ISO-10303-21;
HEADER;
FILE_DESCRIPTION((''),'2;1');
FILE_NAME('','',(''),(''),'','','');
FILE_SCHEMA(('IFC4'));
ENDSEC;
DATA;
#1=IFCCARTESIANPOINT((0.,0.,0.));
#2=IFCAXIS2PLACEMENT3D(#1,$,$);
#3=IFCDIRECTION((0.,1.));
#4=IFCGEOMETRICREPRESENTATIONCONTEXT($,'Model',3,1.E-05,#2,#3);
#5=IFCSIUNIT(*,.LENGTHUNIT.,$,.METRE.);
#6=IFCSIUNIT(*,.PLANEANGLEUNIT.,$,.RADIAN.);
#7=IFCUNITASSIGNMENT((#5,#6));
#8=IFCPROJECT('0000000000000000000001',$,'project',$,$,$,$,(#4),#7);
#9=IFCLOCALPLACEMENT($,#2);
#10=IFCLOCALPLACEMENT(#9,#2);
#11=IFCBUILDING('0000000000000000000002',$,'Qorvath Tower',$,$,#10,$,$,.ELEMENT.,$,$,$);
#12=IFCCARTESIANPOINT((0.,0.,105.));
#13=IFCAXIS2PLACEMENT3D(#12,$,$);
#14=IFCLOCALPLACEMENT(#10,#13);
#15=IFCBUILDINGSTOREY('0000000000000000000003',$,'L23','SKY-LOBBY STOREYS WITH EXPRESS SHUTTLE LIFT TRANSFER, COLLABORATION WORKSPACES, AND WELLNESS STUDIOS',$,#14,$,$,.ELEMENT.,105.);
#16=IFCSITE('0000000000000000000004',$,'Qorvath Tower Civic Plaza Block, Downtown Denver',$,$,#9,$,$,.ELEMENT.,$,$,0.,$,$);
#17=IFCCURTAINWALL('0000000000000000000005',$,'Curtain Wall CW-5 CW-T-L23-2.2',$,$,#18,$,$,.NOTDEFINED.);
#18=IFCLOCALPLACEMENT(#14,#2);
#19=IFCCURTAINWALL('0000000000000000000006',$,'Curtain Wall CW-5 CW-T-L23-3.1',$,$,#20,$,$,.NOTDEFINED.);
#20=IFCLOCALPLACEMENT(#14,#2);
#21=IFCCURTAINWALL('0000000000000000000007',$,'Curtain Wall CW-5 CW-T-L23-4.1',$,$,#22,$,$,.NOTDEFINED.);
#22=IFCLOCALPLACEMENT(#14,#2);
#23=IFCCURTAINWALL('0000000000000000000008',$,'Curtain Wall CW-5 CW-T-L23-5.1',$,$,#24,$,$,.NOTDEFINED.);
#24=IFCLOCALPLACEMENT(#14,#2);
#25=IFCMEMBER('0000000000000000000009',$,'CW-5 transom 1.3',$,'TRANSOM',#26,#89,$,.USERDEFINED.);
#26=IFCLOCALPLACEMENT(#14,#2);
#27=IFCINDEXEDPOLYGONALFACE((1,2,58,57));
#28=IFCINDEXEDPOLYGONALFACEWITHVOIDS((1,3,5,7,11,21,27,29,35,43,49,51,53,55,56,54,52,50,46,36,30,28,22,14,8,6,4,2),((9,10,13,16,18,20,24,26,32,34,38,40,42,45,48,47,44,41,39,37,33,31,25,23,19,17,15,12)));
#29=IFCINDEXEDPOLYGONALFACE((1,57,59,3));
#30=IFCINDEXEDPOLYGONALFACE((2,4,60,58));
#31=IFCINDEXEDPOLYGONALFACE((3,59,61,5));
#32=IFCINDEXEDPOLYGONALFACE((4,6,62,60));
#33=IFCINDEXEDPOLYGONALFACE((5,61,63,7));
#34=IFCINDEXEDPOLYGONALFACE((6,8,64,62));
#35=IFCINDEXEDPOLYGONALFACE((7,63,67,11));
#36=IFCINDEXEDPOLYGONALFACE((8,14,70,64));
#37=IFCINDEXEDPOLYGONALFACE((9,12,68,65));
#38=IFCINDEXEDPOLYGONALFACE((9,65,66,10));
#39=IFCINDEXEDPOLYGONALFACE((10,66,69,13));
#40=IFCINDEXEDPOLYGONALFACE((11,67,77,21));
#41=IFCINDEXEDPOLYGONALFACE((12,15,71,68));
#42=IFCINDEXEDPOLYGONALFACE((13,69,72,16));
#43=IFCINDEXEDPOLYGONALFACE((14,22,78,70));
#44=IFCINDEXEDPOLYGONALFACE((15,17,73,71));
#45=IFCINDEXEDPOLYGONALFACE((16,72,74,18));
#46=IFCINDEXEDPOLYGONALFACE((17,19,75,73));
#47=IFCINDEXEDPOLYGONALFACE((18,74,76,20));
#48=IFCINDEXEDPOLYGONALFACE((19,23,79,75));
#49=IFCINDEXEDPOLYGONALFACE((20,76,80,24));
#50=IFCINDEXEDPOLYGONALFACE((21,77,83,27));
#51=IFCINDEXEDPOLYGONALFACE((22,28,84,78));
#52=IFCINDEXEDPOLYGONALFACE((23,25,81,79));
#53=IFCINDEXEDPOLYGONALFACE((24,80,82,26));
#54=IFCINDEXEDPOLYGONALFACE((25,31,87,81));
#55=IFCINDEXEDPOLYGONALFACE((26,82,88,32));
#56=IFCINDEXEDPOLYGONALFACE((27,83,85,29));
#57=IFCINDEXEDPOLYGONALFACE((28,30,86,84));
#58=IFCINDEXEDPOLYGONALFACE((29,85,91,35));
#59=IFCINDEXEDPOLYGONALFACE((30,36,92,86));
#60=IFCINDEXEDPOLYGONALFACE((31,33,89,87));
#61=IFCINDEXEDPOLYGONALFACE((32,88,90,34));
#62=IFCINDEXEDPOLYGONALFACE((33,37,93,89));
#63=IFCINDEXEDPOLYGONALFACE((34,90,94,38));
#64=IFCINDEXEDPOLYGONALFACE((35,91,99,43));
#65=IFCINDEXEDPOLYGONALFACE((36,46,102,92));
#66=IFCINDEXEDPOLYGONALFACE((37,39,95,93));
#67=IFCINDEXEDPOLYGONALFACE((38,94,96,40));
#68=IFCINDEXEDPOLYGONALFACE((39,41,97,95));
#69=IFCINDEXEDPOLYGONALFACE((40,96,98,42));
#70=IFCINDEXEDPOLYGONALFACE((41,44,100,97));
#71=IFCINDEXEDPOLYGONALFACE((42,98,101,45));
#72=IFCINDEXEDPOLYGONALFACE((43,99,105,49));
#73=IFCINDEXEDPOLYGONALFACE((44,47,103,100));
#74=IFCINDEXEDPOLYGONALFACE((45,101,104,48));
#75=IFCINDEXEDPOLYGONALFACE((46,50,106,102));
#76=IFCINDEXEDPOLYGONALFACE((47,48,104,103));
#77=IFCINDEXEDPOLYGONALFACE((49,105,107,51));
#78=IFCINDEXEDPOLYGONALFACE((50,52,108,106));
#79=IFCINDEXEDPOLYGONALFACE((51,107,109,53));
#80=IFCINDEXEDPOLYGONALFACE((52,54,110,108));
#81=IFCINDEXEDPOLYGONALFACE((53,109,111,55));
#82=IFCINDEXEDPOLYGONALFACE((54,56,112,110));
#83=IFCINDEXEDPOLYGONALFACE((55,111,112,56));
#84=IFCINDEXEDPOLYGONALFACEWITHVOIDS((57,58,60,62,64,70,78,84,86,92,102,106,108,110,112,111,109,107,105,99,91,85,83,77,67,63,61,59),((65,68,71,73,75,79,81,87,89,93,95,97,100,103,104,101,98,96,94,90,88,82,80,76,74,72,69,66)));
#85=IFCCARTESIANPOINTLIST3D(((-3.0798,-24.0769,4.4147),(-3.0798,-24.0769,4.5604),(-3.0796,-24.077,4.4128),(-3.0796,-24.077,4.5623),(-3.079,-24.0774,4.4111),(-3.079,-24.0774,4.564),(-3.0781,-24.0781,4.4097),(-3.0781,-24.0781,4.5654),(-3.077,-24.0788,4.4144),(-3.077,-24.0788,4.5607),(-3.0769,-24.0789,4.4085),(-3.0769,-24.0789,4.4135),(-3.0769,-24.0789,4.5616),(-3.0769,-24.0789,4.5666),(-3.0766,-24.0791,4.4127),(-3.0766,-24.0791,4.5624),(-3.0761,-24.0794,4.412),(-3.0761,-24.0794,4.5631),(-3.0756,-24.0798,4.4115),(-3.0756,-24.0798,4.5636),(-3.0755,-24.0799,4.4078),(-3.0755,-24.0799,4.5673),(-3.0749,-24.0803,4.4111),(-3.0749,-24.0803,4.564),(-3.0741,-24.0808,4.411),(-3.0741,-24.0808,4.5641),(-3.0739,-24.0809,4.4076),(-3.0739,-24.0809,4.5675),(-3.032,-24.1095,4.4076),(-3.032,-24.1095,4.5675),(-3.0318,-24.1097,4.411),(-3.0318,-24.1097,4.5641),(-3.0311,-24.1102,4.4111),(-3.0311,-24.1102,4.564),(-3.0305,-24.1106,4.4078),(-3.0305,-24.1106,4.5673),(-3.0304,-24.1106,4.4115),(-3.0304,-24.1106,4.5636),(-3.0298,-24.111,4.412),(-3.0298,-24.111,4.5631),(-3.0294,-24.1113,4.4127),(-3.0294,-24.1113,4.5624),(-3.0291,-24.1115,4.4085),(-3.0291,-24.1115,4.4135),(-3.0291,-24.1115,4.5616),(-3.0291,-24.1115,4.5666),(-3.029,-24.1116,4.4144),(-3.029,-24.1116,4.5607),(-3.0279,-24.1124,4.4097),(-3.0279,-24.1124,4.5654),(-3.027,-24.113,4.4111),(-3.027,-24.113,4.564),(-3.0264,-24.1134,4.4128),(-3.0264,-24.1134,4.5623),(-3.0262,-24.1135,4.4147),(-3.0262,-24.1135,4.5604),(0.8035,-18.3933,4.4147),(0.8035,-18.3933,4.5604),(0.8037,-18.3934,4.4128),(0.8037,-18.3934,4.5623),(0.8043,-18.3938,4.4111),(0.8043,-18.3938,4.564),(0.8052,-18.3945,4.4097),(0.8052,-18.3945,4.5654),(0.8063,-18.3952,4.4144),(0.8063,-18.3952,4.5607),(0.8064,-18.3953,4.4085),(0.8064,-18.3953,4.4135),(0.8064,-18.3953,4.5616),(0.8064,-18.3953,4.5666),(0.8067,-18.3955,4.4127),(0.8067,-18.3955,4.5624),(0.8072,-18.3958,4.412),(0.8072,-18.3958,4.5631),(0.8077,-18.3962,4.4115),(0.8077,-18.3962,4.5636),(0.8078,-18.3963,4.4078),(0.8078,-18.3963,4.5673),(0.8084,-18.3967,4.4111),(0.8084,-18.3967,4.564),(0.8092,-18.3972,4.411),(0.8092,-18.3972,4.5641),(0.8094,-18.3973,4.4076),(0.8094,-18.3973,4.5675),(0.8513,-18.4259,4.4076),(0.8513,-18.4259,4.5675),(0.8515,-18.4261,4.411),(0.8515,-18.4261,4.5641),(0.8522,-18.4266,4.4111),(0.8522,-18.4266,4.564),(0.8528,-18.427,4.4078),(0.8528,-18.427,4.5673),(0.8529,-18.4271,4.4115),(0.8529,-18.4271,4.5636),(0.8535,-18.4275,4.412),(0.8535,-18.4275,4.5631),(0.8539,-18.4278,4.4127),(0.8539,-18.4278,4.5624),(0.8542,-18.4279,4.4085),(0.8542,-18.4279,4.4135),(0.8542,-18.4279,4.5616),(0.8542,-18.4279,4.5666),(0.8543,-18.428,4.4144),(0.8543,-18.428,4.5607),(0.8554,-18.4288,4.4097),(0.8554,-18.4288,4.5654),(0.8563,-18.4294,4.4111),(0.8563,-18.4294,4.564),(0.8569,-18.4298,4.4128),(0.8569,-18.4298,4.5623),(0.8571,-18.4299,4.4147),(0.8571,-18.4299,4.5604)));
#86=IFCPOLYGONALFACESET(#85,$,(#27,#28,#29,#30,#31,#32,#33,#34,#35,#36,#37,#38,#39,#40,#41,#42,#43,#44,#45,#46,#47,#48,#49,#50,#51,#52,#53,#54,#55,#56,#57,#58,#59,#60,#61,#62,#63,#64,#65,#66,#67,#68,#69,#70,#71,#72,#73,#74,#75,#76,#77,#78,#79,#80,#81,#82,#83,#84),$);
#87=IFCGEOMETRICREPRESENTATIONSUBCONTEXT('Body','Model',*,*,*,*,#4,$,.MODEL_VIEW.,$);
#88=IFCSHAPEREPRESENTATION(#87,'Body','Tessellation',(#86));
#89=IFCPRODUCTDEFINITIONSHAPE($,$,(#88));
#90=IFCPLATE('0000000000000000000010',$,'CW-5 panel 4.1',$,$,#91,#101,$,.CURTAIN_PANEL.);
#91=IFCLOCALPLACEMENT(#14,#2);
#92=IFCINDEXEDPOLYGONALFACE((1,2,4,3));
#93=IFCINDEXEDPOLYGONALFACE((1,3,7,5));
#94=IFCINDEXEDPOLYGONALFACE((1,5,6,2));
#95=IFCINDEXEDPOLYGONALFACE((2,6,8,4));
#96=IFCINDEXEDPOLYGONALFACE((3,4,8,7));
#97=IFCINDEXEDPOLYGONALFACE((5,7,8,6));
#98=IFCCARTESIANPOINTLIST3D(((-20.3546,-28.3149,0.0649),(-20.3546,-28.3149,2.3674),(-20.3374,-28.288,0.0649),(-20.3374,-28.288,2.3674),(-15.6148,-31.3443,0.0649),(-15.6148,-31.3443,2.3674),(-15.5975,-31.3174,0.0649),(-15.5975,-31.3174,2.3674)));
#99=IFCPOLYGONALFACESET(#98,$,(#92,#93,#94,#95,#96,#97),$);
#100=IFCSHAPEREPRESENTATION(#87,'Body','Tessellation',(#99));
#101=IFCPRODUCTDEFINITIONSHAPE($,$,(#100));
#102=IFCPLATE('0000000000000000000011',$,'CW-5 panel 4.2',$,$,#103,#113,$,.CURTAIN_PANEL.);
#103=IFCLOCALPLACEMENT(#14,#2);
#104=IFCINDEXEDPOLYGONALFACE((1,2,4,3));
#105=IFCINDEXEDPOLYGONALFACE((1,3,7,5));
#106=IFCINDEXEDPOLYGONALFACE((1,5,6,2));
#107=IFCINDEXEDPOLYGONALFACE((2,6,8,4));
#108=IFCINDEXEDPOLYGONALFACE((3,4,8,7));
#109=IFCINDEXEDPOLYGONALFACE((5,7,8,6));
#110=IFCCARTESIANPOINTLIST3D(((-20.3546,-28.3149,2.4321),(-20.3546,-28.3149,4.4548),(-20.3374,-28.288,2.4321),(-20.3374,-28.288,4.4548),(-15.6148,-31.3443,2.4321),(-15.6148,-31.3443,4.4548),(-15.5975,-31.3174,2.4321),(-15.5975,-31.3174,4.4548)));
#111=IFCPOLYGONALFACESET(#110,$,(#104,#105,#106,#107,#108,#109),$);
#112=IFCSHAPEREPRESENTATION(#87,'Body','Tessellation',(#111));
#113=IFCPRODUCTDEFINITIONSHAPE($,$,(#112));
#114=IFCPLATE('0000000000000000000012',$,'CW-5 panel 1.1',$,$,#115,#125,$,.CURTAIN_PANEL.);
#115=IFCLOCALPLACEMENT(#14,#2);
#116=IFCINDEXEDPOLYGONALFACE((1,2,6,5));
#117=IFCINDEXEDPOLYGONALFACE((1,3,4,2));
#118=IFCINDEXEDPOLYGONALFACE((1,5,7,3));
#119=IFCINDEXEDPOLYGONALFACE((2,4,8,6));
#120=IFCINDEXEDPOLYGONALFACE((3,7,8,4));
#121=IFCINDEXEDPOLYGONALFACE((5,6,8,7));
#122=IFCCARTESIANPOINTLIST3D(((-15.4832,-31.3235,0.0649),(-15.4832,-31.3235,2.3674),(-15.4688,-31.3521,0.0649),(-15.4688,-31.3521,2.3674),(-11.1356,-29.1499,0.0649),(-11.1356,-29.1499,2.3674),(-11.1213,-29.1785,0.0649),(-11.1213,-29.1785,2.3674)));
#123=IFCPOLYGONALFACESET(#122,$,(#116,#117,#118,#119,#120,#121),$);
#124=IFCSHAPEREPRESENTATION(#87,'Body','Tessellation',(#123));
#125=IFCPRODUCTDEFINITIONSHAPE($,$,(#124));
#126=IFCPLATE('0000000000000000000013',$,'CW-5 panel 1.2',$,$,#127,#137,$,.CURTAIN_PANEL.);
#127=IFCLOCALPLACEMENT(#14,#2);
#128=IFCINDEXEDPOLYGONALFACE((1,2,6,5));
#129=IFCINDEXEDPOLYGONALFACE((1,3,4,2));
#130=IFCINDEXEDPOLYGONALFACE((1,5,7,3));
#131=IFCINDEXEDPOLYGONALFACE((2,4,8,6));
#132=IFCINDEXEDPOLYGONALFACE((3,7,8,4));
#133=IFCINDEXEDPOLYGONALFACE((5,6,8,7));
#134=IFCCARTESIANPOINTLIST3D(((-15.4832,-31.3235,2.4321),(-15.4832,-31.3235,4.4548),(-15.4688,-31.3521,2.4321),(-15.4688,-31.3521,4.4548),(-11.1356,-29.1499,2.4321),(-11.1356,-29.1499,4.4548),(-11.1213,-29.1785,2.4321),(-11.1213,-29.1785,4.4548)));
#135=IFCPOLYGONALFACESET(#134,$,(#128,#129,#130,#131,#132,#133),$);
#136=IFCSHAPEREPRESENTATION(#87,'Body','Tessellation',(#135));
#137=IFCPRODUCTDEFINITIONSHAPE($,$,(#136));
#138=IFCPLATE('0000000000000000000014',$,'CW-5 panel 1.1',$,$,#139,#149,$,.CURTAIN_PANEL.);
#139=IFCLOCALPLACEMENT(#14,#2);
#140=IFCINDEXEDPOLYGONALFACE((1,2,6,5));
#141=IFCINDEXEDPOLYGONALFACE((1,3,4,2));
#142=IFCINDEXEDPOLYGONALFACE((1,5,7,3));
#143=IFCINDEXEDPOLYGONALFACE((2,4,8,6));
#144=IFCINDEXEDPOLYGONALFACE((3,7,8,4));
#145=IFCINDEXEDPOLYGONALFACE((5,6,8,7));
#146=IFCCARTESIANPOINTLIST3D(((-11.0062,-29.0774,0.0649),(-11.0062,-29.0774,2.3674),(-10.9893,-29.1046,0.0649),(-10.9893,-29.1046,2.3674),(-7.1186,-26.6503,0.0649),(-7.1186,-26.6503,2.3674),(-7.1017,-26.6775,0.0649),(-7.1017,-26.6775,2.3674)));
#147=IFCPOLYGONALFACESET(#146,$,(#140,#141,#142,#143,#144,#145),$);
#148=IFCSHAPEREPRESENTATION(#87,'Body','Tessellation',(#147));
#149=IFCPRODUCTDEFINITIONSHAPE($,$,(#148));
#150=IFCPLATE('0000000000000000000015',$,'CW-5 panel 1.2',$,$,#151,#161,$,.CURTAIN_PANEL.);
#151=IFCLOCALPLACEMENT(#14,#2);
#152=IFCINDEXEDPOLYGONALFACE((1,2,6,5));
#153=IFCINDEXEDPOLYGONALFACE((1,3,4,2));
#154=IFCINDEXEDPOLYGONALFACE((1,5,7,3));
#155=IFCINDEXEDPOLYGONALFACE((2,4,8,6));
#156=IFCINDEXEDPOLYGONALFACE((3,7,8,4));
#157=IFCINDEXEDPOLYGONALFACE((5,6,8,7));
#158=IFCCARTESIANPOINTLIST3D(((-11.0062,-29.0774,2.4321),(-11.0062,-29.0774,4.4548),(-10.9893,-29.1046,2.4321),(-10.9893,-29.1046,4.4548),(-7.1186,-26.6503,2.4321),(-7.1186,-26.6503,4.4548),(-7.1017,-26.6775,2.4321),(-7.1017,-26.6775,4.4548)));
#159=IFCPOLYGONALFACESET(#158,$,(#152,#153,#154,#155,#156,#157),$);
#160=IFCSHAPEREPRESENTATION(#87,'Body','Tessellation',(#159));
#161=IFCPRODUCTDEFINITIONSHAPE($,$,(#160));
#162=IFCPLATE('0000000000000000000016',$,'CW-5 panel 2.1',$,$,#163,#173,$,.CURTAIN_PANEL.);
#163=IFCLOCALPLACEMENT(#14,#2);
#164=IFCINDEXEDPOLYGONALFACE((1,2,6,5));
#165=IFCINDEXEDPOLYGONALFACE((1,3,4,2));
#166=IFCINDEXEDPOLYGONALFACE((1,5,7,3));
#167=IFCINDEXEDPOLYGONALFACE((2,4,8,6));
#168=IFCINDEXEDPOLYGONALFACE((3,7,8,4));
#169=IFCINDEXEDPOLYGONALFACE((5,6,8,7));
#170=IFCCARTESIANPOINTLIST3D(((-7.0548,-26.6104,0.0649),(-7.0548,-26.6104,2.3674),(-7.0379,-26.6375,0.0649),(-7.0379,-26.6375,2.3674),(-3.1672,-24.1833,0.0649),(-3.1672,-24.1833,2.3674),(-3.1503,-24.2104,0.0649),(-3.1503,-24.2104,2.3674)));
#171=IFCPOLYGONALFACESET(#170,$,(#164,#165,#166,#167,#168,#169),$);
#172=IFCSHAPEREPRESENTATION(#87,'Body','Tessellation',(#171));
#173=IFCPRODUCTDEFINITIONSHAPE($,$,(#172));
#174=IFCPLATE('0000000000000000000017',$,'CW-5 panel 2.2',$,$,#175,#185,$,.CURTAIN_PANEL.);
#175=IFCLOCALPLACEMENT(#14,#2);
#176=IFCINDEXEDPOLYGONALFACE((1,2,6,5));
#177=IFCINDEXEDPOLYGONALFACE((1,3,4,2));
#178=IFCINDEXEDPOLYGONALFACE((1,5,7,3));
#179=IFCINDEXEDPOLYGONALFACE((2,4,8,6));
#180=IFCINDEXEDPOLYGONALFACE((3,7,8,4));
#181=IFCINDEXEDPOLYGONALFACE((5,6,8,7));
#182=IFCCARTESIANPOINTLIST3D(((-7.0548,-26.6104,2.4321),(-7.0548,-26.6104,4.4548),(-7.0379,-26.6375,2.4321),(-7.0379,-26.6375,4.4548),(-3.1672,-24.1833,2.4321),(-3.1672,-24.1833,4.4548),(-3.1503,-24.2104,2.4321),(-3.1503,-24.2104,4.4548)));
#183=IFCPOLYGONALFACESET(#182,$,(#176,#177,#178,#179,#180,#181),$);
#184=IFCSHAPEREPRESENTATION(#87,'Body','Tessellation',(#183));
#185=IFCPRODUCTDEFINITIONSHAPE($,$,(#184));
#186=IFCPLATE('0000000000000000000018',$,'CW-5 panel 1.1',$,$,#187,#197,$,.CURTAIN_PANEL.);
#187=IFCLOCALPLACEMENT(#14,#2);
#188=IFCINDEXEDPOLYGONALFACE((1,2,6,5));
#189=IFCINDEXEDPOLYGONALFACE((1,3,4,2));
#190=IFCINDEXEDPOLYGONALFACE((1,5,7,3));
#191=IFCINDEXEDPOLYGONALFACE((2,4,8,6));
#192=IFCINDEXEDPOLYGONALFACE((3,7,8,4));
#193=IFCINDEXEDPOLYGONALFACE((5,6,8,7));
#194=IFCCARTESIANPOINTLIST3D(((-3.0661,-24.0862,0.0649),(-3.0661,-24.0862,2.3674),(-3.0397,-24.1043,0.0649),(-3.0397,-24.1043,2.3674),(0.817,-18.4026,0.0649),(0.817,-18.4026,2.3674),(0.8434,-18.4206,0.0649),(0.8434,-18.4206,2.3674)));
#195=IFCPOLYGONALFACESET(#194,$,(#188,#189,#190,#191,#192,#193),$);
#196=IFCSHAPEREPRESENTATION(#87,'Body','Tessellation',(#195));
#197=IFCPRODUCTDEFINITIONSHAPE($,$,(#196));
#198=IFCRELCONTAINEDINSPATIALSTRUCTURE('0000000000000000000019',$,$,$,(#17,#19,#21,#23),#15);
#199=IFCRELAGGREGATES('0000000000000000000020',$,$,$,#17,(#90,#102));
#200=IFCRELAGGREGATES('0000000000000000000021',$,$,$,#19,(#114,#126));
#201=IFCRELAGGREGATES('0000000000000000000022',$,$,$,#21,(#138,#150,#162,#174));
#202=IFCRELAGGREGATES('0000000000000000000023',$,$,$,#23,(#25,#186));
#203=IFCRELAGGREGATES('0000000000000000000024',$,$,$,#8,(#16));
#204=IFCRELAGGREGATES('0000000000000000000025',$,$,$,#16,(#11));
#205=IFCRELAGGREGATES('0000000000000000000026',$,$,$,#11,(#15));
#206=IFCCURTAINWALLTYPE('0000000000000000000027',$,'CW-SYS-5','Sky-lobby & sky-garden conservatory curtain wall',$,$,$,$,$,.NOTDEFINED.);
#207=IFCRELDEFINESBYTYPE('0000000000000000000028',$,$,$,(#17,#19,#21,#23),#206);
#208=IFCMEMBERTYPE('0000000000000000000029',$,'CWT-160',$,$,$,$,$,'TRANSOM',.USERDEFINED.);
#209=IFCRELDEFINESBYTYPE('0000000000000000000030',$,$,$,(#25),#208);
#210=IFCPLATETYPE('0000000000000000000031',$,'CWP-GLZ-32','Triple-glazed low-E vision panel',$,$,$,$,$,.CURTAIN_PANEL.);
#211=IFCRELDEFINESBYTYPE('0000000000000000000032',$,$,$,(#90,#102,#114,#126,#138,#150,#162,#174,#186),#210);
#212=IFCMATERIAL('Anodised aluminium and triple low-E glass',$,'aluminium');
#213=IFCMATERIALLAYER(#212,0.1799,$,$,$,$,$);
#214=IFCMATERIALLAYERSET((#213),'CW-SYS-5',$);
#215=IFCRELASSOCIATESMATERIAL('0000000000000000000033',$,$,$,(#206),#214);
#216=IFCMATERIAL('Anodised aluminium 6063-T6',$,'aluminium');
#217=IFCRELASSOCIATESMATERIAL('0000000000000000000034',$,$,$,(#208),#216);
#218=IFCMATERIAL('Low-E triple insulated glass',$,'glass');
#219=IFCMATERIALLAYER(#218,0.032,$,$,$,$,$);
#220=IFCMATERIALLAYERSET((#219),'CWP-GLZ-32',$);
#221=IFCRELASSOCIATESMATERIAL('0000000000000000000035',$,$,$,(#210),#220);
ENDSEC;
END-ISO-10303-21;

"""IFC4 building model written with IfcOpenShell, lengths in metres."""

from ifc_helpers import new_model, si_unit, direction, frame, origin, origin_2d, place, context, subcontext, project, spatial, rectangle, hollow_rectangle, extrude, material, layer, layer_set, material_profile, profile_set, type_object, element, aggregate, save


model = new_model("IFC4")

# Units and contexts
model_context = context("Model", 3, precision=1e-05, world=origin(), true_north=direction((0.0, 1.0)))
body_context = subcontext(model_context, "Body", "Model", "MODEL_VIEW")
ifc_project = project(units=[si_unit("LENGTHUNIT", "METRE"), si_unit("PLANEANGLEUNIT", "RADIAN")], contexts=[model_context])

# Site, building, storey
site_placement = place(None, origin())
site = spatial("IfcSite", under=ifc_project, at=site_placement, Name="Qorvath Tower Civic Plaza Block, Downtown Denver", CompositionType="ELEMENT", RefElevation=0.0)
building_placement = place(site_placement, origin())
building = spatial("IfcBuilding", under=site, at=building_placement, Name="Qorvath Tower", CompositionType="ELEMENT")
storey_placement = place(building_placement, frame((0.0, 0.0, 105.0)))
storey = spatial("IfcBuildingStorey", under=building, at=storey_placement, Name="L23", Description="SKY-LOBBY STOREYS WITH EXPRESS SHUTTLE LIFT TRANSFER, COLLABORATION WORKSPACES, AND WELLNESS STUDIOS", CompositionType="ELEMENT", Elevation=105.0)

# Curtain wall
ifc_material_1 = material(Name="Anodised aluminium and triple low-E glass", Category="aluminium")
ifc_layer_1 = layer(ifc_material_1, 0.1799)
ifc_layer_set_1 = layer_set([ifc_layer_1], Name="CW-SYS-5")
curtain_wall_type = type_object("IfcCurtainWallType", Name="CW-SYS-5", Description="Sky-lobby & sky-garden conservatory curtain wall", PredefinedType="NOTDEFINED", material=ifc_layer_set_1)
curtain_wall_1_placement = place(storey_placement, origin())
curtain_wall_1 = element("IfcCurtainWall", 1, at=curtain_wall_1_placement, inside=storey, type_object=curtain_wall_type, Name="Curtain Wall CW-5 CW-T-L23-2.2", PredefinedType="NOTDEFINED")

# Curtain walls
curtain_wall_2_placement = place(storey_placement, origin())
curtain_wall_2 = element("IfcCurtainWall", 2, at=curtain_wall_2_placement, inside=storey, type_object=curtain_wall_type, Name="Curtain Wall CW-5 CW-T-L23-3.1", PredefinedType="NOTDEFINED")
curtain_wall_3_placement = place(storey_placement, origin())
curtain_wall_3 = element("IfcCurtainWall", 3, at=curtain_wall_3_placement, inside=storey, type_object=curtain_wall_type, Name="Curtain Wall CW-5 CW-T-L23-4.1", PredefinedType="NOTDEFINED")

# Curtain wall
curtain_wall_4_placement = place(storey_placement, origin())
curtain_wall_4 = element("IfcCurtainWall", 4, at=curtain_wall_4_placement, inside=storey, type_object=curtain_wall_type, Name="Curtain Wall CW-5 CW-T-L23-5.1", PredefinedType="NOTDEFINED")

# Member
ifc_material_2 = material(Name="Anodised aluminium 6063-T6", Category="aluminium")
ifc_material_profile_1 = material_profile(ifc_material_2, hollow_rectangle(XDim=0.0649, YDim=0.1599, WallThickness=0.0034, InnerFilletRadius=0.0034, OuterFilletRadius=0.0071, at=origin_2d()), Name="CWT 160x65")
ifc_profile_set_1 = profile_set([ifc_material_profile_1], Name="Anodised aluminium 6063-T6")
member_type_1 = type_object("IfcMemberType", Name="CWT-160", ElementType="TRANSOM", PredefinedType="USERDEFINED", material=ifc_profile_set_1)
member_1_placement = place(storey_placement, frame((-3.053, -24.0952, 4.4875), z_axis=(0.564142, 0.825678, 0.0), x_axis=(-0.825678, 0.564142, 0.0)))
member_1 = element("IfcMember", 5, at=member_1_placement, type_object=member_type_1, Name="CW-5 transom 1.3", ObjectType="TRANSOM", PredefinedType="USERDEFINED", context=body_context, shape_type="SweptSolid", body=[
    extrude(hollow_rectangle(XDim=0.0649, YDim=0.1599, WallThickness=0.0034, InnerFilletRadius=0.0034, OuterFilletRadius=0.0071, at=origin_2d()), origin(), (0.0, 0.0, 1.0), 6.8835),
])

# Plates
ifc_material_3 = material(Name="Low-E triple insulated glass", Category="glass")
ifc_layer_2 = layer(ifc_material_3, 0.032)
ifc_layer_set_2 = layer_set([ifc_layer_2], Name="CWP-GLZ-32")
plate_type = type_object("IfcPlateType", Name="CWP-GLZ-32", Description="Triple-glazed low-E vision panel", PredefinedType="CURTAIN_PANEL", material=ifc_layer_set_2)
plate_1_placement = place(storey_placement, frame((-17.9761, -29.8162, 0.0649), z_axis=(0.0, 0.0, 1.0), x_axis=(0.8426, -0.53854, 0.0)))
plate_1 = element("IfcPlate", 6, at=plate_1_placement, type_object=plate_type, Name="CW-5 panel 4.1", PredefinedType="CURTAIN_PANEL", context=body_context, shape_type="SweptSolid", body=[
    extrude(rectangle(XDim=5.6252, YDim=0.032, at=origin_2d()), origin(), (0.0, 0.0, 1.0), 2.3025),
])
plate_2_placement = place(storey_placement, frame((-17.9761, -29.8162, 2.4321), z_axis=(0.0, 0.0, 1.0), x_axis=(0.8426, -0.53854, 0.0)))
plate_2 = element("IfcPlate", 7, at=plate_2_placement, type_object=plate_type, Name="CW-5 panel 4.2", PredefinedType="CURTAIN_PANEL", context=body_context, shape_type="SweptSolid", body=[
    extrude(rectangle(XDim=5.6252, YDim=0.032, at=origin_2d()), origin(), (0.0, 0.0, 1.0), 2.0227),
])
aggregate(curtain_wall_1, [plate_1, plate_2])
plate_3_placement = place(storey_placement, frame((-13.3022, -30.251, 0.0649), z_axis=(0.0, 0.0, 1.0), x_axis=(0.894439, 0.44719, 0.0)))
plate_3 = element("IfcPlate", 8, at=plate_3_placement, type_object=plate_type, Name="CW-5 panel 1.1", PredefinedType="CURTAIN_PANEL", context=body_context, shape_type="SweptSolid", body=[
    extrude(rectangle(XDim=4.8606, YDim=0.032, at=origin_2d()), origin(), (0.0, 0.0, 1.0), 2.3025),
])
plate_4_placement = place(storey_placement, frame((-13.3022, -30.251, 2.4321), z_axis=(0.0, 0.0, 1.0), x_axis=(0.894439, 0.44719, 0.0)))
plate_4 = element("IfcPlate", 9, at=plate_4_placement, type_object=plate_type, Name="CW-5 panel 1.2", PredefinedType="CURTAIN_PANEL", context=body_context, shape_type="SweptSolid", body=[
    extrude(rectangle(XDim=4.8606, YDim=0.032, at=origin_2d()), origin(), (0.0, 0.0, 1.0), 2.0227),
])
aggregate(curtain_wall_2, [plate_3, plate_4])
plate_5_placement = place(storey_placement, frame((-9.054, -27.8774, 0.0649), z_axis=(0.0, 0.0, 1.0), x_axis=(0.848257, 0.529584, 0.0)))
plate_5 = element("IfcPlate", 10, at=plate_5_placement, type_object=plate_type, Name="CW-5 panel 1.1", PredefinedType="CURTAIN_PANEL", context=body_context, shape_type="SweptSolid", body=[
    extrude(rectangle(XDim=4.583, YDim=0.032, at=origin_2d()), origin(), (0.0, 0.0, 1.0), 2.3025),
])
plate_6_placement = place(storey_placement, frame((-9.054, -27.8774, 2.4321), z_axis=(0.0, 0.0, 1.0), x_axis=(0.848257, 0.529584, 0.0)))
plate_6 = element("IfcPlate", 11, at=plate_6_placement, type_object=plate_type, Name="CW-5 panel 1.2", PredefinedType="CURTAIN_PANEL", context=body_context, shape_type="SweptSolid", body=[
    extrude(rectangle(XDim=4.583, YDim=0.032, at=origin_2d()), origin(), (0.0, 0.0, 1.0), 2.0227),
])
plate_7_placement = place(storey_placement, frame((-5.1025, -25.4104, 0.0649), z_axis=(0.0, 0.0, 1.0), x_axis=(0.848257, 0.529584, 0.0)))
plate_7 = element("IfcPlate", 12, at=plate_7_placement, type_object=plate_type, Name="CW-5 panel 2.1", PredefinedType="CURTAIN_PANEL", context=body_context, shape_type="SweptSolid", body=[
    extrude(rectangle(XDim=4.583, YDim=0.032, at=origin_2d()), origin(), (0.0, 0.0, 1.0), 2.3025),
])
plate_8_placement = place(storey_placement, frame((-5.1025, -25.4104, 2.4321), z_axis=(0.0, 0.0, 1.0), x_axis=(0.848257, 0.529584, 0.0)))
plate_8 = element("IfcPlate", 13, at=plate_8_placement, type_object=plate_type, Name="CW-5 panel 2.2", PredefinedType="CURTAIN_PANEL", context=body_context, shape_type="SweptSolid", body=[
    extrude(rectangle(XDim=4.583, YDim=0.032, at=origin_2d()), origin(), (0.0, 0.0, 1.0), 2.0227),
])
aggregate(curtain_wall_3, [plate_5, plate_6, plate_7, plate_8])
plate_9_placement = place(storey_placement, frame((-1.1113, -21.2534, 0.0649), z_axis=(0.0, 0.0, 1.0), x_axis=(0.56412, 0.825693, 0.0)))
plate_9 = element("IfcPlate", 14, at=plate_9_placement, type_object=plate_type, Name="CW-5 panel 1.1", PredefinedType="CURTAIN_PANEL", context=body_context, shape_type="SweptSolid", body=[
    extrude(rectangle(XDim=6.8835, YDim=0.032, at=origin_2d()), origin(), (0.0, 0.0, 1.0), 2.3025),
])
aggregate(curtain_wall_4, [member_1, plate_9])

save(model, "model.ifc")
